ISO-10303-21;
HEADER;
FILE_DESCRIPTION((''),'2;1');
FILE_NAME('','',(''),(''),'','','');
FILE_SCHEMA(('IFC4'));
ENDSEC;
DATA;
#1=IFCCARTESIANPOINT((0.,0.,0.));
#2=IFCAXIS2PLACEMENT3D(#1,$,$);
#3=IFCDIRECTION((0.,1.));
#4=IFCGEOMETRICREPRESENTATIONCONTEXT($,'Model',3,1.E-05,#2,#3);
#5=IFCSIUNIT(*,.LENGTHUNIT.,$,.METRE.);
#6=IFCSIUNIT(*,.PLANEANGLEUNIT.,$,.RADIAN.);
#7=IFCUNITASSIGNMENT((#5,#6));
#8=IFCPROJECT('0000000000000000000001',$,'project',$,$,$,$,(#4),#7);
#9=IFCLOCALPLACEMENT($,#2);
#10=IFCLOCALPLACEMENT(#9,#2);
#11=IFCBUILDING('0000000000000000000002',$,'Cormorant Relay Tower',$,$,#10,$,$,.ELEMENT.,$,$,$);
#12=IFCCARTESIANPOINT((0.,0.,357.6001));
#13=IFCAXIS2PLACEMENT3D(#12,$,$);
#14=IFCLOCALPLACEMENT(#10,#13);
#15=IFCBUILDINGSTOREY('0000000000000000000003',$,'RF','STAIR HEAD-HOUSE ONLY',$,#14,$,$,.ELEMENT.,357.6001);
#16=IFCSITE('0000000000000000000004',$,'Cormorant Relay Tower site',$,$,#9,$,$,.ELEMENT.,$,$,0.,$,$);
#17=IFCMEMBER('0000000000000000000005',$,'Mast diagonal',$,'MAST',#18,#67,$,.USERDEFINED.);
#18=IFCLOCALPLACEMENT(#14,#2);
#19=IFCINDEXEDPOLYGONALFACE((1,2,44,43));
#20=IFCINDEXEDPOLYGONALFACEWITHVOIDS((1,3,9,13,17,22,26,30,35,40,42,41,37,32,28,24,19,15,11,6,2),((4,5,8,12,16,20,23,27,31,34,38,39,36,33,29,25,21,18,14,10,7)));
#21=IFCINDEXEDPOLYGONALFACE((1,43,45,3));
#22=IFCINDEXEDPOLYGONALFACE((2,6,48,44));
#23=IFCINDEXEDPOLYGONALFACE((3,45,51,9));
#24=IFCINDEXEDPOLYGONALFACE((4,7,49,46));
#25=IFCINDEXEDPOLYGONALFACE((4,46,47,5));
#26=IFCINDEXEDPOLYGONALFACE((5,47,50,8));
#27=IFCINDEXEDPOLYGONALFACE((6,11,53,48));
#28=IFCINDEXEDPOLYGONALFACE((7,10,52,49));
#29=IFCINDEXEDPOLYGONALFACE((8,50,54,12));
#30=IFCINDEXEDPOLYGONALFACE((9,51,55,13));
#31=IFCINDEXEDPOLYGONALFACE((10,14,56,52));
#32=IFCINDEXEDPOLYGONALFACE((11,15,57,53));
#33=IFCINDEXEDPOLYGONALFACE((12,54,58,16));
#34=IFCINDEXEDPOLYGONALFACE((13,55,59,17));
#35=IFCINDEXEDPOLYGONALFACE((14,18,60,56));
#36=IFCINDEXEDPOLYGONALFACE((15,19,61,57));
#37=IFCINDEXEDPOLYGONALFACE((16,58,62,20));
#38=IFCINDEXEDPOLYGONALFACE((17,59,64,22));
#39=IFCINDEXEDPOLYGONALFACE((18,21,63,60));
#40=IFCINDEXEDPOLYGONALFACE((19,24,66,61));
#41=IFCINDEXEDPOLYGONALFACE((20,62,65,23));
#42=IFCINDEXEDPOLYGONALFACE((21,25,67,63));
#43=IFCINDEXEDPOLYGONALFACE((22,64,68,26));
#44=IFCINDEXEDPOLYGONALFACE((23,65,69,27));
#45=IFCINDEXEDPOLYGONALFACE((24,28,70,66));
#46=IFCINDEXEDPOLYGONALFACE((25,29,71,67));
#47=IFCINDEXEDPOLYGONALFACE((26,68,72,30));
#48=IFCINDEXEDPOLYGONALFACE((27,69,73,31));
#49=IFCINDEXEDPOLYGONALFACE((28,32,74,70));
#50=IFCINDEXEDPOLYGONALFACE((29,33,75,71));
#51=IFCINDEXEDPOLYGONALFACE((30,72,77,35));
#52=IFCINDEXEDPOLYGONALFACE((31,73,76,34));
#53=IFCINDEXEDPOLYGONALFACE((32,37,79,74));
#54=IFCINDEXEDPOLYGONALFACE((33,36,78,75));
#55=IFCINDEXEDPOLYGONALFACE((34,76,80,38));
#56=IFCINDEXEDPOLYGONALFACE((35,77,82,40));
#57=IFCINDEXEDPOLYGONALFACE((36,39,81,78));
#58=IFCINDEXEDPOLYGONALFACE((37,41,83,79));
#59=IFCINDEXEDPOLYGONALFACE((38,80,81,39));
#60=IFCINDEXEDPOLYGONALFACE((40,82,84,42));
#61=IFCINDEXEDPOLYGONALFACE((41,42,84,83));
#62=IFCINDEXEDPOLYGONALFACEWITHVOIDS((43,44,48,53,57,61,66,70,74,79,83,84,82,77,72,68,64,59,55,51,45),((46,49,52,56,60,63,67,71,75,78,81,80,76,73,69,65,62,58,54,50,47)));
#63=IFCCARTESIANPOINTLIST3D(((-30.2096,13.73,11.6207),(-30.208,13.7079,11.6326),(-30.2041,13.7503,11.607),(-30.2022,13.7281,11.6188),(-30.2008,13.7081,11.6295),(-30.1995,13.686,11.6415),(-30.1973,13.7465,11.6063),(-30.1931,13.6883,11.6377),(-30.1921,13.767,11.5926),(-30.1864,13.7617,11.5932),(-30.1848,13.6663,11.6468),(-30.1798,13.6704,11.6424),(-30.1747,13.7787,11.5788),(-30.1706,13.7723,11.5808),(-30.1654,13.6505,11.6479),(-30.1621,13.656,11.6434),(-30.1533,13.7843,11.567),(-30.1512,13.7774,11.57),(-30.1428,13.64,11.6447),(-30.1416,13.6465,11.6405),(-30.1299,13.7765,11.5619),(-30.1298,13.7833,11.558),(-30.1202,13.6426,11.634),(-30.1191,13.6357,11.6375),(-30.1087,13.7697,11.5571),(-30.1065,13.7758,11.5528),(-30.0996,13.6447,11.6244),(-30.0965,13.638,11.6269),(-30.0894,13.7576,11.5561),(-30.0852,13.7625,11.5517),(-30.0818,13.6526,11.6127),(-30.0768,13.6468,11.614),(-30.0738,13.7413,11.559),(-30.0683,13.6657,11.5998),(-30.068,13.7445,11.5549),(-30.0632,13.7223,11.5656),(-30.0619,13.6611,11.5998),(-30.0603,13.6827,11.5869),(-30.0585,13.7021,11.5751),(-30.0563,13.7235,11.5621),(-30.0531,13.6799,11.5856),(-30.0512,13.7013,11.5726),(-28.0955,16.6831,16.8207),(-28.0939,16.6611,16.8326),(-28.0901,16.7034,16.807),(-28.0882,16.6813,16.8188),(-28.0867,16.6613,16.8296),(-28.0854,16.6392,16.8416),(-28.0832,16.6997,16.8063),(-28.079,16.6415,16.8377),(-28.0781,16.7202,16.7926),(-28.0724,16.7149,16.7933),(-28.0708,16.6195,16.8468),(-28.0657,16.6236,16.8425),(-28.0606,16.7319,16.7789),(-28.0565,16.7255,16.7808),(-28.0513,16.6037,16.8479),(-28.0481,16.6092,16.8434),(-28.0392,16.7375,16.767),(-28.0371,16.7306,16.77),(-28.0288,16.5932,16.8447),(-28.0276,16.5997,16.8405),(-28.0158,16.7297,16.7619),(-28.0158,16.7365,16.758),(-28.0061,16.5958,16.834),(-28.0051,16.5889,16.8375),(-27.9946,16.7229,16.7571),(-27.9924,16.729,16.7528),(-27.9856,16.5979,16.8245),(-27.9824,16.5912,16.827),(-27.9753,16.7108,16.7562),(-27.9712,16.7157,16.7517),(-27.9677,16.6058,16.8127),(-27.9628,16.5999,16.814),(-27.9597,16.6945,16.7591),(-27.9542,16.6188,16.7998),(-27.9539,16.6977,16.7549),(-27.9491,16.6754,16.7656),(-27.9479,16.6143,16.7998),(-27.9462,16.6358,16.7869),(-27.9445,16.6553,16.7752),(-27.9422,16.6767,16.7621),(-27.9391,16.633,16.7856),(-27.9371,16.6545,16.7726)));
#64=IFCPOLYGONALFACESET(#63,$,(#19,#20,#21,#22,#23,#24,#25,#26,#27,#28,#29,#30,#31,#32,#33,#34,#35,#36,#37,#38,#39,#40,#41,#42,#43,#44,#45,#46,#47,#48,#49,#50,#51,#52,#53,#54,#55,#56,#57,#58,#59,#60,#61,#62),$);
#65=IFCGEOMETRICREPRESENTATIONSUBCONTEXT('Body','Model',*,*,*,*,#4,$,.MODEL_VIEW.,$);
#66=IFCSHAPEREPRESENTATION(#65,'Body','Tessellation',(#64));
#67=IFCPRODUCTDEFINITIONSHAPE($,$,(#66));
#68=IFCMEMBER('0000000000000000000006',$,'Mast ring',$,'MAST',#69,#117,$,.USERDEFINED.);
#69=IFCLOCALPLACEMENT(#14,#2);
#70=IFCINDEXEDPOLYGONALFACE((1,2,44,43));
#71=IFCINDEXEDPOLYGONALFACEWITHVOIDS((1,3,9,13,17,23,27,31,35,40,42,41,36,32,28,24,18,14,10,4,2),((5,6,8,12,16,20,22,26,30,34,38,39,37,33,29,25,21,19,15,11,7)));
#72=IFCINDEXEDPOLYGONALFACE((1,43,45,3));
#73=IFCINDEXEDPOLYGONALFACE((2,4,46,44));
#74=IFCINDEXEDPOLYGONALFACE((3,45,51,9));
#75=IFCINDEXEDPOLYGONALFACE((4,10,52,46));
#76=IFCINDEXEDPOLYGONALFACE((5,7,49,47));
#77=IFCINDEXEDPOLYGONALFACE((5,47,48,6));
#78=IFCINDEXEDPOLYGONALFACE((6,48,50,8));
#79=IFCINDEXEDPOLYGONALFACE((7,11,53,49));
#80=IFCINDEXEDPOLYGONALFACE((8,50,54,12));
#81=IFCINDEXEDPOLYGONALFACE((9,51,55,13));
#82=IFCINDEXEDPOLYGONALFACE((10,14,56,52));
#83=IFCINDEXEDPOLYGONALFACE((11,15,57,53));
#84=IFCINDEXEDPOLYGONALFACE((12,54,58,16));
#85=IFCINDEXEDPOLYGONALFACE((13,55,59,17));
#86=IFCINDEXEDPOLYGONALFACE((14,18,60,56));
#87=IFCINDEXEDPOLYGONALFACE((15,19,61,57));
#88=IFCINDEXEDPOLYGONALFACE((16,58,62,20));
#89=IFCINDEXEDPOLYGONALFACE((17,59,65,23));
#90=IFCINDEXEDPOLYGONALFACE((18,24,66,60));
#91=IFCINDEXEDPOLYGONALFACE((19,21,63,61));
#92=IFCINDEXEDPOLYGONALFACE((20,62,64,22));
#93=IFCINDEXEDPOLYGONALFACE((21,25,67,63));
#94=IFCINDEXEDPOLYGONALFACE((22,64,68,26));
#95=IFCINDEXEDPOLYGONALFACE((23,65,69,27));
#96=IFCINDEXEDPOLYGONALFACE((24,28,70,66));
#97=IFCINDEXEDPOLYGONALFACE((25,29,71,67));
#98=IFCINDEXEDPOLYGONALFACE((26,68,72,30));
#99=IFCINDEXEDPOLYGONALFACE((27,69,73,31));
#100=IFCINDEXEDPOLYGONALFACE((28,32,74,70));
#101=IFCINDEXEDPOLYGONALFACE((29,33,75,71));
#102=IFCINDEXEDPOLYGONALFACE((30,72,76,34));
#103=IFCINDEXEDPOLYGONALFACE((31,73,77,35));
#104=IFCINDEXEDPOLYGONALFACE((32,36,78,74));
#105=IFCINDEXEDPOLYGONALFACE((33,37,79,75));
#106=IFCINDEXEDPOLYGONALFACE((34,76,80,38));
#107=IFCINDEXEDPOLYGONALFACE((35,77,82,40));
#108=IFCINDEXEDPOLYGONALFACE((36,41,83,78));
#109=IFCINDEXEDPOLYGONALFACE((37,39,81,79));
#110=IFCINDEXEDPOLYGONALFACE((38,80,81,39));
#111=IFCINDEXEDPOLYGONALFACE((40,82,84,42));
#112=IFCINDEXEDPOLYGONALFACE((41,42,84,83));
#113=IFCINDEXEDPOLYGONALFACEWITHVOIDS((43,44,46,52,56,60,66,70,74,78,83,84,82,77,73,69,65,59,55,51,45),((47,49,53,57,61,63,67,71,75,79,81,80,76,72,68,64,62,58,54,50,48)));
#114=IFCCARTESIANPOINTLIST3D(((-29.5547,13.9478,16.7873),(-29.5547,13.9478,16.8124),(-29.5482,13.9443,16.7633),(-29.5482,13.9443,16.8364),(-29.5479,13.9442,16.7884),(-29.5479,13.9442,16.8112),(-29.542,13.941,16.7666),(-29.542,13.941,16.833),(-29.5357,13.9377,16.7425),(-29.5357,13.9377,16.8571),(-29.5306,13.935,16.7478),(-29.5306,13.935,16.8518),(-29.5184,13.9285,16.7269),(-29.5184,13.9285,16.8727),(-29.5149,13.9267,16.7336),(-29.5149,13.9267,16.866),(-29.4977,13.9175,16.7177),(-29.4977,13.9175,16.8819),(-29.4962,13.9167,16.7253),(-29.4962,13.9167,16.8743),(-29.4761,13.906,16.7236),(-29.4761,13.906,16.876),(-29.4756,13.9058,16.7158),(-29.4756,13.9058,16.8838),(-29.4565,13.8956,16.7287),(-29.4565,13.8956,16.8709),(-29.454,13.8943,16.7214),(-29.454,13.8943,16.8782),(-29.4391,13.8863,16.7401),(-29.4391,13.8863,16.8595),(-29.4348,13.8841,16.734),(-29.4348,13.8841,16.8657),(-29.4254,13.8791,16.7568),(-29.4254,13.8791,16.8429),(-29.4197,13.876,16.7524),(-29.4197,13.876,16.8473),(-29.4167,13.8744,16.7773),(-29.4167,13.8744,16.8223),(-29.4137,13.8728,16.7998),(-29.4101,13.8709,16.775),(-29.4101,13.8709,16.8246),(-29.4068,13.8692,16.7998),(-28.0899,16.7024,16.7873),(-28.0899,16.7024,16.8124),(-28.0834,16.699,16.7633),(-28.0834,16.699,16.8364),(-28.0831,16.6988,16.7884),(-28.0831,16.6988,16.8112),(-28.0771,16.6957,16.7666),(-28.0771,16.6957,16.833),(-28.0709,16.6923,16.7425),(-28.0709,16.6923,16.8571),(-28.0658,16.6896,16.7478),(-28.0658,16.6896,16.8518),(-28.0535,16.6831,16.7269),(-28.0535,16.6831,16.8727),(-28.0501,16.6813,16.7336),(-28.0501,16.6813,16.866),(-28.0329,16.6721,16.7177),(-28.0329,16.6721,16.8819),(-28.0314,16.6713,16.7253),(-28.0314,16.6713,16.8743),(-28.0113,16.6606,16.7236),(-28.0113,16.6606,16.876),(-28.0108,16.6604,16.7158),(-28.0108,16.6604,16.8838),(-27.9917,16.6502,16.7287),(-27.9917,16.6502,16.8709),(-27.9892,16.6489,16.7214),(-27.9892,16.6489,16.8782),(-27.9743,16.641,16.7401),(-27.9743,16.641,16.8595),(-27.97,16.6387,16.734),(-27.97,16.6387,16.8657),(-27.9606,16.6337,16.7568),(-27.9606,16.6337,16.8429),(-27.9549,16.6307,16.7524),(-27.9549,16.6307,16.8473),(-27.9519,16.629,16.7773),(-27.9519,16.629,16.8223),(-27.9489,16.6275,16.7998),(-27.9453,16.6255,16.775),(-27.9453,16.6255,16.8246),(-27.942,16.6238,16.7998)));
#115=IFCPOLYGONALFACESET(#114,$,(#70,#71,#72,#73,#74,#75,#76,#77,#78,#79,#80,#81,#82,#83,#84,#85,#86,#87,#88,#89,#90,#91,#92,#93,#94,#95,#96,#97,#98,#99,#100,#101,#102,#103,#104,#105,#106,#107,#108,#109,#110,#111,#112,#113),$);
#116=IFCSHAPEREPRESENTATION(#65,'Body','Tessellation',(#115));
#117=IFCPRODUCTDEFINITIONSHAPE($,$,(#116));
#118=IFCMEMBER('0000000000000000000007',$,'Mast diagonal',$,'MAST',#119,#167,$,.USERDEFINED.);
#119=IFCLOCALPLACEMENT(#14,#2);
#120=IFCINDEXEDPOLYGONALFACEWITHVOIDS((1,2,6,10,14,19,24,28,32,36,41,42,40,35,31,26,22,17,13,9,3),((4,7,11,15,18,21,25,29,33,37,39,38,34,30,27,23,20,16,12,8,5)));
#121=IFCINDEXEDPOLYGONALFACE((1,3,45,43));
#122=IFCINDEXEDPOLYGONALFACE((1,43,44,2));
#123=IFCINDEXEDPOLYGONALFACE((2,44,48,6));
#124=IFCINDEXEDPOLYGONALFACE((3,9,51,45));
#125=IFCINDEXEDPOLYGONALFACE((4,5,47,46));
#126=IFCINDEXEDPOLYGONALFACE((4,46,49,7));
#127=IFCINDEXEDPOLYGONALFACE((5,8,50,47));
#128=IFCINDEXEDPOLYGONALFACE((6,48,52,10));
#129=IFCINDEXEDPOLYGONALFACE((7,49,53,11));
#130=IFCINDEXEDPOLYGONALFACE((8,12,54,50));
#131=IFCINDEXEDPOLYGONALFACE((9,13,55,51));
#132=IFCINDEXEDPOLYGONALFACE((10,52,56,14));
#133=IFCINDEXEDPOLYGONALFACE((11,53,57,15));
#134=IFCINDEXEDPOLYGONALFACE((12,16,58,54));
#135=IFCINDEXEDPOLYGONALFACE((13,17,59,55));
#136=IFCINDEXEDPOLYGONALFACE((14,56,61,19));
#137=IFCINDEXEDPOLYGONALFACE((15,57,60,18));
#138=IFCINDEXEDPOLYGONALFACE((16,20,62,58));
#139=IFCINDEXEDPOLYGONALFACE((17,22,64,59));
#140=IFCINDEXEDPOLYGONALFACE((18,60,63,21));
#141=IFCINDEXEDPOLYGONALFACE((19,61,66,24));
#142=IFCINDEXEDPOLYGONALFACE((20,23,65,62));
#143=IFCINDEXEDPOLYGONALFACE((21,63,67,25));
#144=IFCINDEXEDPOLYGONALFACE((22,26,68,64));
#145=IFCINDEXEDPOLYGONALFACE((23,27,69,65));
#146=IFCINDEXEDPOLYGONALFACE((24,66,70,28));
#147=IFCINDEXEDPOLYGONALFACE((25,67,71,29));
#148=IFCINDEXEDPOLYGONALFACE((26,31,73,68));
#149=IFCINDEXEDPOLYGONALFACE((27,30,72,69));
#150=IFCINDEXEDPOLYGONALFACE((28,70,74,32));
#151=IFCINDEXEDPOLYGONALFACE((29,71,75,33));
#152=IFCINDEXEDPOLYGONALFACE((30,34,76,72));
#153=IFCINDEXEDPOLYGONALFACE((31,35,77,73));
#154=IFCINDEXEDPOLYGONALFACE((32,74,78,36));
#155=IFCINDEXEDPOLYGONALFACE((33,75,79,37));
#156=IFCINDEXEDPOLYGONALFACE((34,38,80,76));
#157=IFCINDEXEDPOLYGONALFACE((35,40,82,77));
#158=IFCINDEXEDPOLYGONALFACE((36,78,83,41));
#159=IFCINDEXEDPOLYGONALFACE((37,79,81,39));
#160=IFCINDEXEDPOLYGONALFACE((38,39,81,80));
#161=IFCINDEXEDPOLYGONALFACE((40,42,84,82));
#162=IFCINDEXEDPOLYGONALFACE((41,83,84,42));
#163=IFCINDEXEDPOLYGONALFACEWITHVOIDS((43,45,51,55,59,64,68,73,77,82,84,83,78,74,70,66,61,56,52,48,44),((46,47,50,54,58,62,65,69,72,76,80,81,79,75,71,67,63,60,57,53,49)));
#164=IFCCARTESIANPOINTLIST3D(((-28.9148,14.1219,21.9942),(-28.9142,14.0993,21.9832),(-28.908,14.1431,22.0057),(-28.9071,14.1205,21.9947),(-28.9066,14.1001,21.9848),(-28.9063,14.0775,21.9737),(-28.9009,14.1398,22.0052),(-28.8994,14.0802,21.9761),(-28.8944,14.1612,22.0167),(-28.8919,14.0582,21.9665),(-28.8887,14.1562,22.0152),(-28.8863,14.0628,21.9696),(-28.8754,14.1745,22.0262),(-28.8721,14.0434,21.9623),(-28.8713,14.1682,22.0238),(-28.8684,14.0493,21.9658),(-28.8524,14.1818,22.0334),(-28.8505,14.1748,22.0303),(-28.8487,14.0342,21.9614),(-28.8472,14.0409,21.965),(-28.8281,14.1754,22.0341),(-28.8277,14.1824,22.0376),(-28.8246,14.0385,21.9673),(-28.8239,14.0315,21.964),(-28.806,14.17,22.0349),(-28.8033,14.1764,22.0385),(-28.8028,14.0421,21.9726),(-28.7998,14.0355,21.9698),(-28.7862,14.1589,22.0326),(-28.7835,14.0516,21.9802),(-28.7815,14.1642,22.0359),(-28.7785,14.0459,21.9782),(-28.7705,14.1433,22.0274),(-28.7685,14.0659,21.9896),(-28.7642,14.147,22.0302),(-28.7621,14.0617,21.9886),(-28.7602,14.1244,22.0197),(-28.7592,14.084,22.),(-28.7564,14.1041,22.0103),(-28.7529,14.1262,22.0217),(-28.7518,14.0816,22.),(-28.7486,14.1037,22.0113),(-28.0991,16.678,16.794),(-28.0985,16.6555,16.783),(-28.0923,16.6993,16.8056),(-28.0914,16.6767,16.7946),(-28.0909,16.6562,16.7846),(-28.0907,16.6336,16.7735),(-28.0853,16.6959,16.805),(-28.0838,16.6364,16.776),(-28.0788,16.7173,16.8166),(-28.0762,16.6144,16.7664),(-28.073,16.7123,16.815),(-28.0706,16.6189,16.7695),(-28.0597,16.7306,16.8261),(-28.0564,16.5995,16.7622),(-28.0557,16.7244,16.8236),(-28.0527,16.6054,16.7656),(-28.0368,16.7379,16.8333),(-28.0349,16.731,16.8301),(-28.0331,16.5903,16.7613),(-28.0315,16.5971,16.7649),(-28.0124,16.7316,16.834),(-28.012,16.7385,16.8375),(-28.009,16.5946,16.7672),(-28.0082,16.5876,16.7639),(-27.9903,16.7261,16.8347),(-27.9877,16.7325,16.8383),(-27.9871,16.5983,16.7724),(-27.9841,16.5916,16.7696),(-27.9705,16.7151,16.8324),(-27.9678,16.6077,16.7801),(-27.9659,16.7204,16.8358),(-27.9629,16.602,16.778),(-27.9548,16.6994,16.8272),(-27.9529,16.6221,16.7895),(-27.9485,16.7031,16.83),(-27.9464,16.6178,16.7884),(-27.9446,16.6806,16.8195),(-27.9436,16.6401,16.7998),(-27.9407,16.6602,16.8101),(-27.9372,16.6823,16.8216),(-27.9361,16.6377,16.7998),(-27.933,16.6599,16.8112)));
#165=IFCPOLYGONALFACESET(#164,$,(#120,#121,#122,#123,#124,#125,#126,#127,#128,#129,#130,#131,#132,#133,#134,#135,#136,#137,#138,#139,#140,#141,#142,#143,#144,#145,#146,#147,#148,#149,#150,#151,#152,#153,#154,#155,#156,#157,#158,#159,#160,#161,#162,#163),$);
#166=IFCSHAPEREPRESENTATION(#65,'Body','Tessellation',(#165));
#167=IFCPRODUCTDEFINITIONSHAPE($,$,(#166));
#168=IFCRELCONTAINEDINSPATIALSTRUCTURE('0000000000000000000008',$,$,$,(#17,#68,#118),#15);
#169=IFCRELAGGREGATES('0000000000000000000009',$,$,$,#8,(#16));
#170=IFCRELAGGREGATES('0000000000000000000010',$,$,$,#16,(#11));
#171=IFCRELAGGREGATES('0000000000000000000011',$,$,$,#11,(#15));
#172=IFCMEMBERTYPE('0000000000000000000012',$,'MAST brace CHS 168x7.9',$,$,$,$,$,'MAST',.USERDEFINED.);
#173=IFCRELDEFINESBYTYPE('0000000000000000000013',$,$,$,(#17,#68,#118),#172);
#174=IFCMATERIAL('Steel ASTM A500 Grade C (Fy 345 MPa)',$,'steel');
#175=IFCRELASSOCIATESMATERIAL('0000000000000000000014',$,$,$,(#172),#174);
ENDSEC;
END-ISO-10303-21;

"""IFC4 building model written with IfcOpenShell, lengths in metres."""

from ifc_helpers import new_model, si_unit, direction, frame, origin, origin_2d, place, context, subcontext, project, spatial, hollow_circle, extrude, material, material_profile, profile_set, type_object, element, save


model = new_model("IFC4")

# Units and contexts
model_context = context("Model", 3, precision=1e-05, world=origin(), true_north=direction((0.0, 1.0)))
body_context = subcontext(model_context, "Body", "Model", "MODEL_VIEW")
ifc_project = project(units=[si_unit("LENGTHUNIT", "METRE"), si_unit("PLANEANGLEUNIT", "RADIAN")], contexts=[model_context])

# Site, building, storey
site_placement = place(None, origin())
site = spatial("IfcSite", under=ifc_project, at=site_placement, Name="Cormorant Relay Tower site", CompositionType="ELEMENT", RefElevation=0.0)
building_placement = place(site_placement, origin())
building = spatial("IfcBuilding", under=site, at=building_placement, Name="Cormorant Relay Tower", CompositionType="ELEMENT")
storey_placement = place(building_placement, frame((0.0, 0.0, 357.6001)))
storey = spatial("IfcBuildingStorey", under=building, at=storey_placement, Name="RF", Description="STAIR HEAD-HOUSE ONLY", CompositionType="ELEMENT", Elevation=357.6001)

# Members
ifc_material_1 = material(Name="Steel ASTM A500 Grade C (Fy 345 MPa)", Category="steel")
ifc_material_profile = material_profile(ifc_material_1, hollow_circle(Radius=0.0842, WallThickness=0.0078, at=origin_2d()), Name="CHS 168x7.9")
ifc_profile_set = profile_set([ifc_material_profile], Name="Steel ASTM A500 Grade C (Fy 345 MPa)")
member_type = type_object("IfcMemberType", Name="MAST brace CHS 168x7.9", ElementType="MAST", PredefinedType="USERDEFINED", material=ifc_profile_set)
member_1_placement = place(storey_placement, frame((-28.0164, 16.6633, 16.7998), z_axis=(-0.3333, -0.465596, -0.819836), x_axis=(0.813129, -0.582084, 0.0)))
element("IfcMember", 1, at=member_1_placement, inside=storey, type_object=member_type, Name="Mast diagonal", ObjectType="MAST", PredefinedType="USERDEFINED", context=body_context, shape_type="SweptSolid", body=[
    extrude(hollow_circle(Radius=0.0842, WallThickness=0.0078, at=origin_2d()), origin(), (0.0, 0.0, 1.0), 6.3428),
])
member_2_placement = place(storey_placement, frame((-28.0164, 16.6633, 16.7998), z_axis=(-0.469516, -0.882924, 0.0), x_axis=(0.882924, -0.469516, 0.0)))
element("IfcMember", 2, at=member_2_placement, inside=storey, type_object=member_type, Name="Mast ring", ObjectType="MAST", PredefinedType="USERDEFINED", context=body_context, shape_type="SweptSolid", body=[
    extrude(hollow_circle(Radius=0.0842, WallThickness=0.0078, at=origin_2d()), origin(), (0.0, 0.0, 1.0), 3.1199),
])
member_3_placement = place(storey_placement, frame((-28.0164, 16.6633, 16.7998), z_axis=(-0.139393, -0.436829, 0.888679), x_axis=(0.952672, -0.304, 0.0)))
element("IfcMember", 3, at=member_3_placement, inside=storey, type_object=member_type, Name="Mast diagonal", ObjectType="MAST", PredefinedType="USERDEFINED", context=body_context, shape_type="SweptSolid", body=[
    extrude(hollow_circle(Radius=0.0842, WallThickness=0.0078, at=origin_2d()), origin(), (0.0, 0.0, 1.0), 5.8516),
])

save(model, "model.ifc")
